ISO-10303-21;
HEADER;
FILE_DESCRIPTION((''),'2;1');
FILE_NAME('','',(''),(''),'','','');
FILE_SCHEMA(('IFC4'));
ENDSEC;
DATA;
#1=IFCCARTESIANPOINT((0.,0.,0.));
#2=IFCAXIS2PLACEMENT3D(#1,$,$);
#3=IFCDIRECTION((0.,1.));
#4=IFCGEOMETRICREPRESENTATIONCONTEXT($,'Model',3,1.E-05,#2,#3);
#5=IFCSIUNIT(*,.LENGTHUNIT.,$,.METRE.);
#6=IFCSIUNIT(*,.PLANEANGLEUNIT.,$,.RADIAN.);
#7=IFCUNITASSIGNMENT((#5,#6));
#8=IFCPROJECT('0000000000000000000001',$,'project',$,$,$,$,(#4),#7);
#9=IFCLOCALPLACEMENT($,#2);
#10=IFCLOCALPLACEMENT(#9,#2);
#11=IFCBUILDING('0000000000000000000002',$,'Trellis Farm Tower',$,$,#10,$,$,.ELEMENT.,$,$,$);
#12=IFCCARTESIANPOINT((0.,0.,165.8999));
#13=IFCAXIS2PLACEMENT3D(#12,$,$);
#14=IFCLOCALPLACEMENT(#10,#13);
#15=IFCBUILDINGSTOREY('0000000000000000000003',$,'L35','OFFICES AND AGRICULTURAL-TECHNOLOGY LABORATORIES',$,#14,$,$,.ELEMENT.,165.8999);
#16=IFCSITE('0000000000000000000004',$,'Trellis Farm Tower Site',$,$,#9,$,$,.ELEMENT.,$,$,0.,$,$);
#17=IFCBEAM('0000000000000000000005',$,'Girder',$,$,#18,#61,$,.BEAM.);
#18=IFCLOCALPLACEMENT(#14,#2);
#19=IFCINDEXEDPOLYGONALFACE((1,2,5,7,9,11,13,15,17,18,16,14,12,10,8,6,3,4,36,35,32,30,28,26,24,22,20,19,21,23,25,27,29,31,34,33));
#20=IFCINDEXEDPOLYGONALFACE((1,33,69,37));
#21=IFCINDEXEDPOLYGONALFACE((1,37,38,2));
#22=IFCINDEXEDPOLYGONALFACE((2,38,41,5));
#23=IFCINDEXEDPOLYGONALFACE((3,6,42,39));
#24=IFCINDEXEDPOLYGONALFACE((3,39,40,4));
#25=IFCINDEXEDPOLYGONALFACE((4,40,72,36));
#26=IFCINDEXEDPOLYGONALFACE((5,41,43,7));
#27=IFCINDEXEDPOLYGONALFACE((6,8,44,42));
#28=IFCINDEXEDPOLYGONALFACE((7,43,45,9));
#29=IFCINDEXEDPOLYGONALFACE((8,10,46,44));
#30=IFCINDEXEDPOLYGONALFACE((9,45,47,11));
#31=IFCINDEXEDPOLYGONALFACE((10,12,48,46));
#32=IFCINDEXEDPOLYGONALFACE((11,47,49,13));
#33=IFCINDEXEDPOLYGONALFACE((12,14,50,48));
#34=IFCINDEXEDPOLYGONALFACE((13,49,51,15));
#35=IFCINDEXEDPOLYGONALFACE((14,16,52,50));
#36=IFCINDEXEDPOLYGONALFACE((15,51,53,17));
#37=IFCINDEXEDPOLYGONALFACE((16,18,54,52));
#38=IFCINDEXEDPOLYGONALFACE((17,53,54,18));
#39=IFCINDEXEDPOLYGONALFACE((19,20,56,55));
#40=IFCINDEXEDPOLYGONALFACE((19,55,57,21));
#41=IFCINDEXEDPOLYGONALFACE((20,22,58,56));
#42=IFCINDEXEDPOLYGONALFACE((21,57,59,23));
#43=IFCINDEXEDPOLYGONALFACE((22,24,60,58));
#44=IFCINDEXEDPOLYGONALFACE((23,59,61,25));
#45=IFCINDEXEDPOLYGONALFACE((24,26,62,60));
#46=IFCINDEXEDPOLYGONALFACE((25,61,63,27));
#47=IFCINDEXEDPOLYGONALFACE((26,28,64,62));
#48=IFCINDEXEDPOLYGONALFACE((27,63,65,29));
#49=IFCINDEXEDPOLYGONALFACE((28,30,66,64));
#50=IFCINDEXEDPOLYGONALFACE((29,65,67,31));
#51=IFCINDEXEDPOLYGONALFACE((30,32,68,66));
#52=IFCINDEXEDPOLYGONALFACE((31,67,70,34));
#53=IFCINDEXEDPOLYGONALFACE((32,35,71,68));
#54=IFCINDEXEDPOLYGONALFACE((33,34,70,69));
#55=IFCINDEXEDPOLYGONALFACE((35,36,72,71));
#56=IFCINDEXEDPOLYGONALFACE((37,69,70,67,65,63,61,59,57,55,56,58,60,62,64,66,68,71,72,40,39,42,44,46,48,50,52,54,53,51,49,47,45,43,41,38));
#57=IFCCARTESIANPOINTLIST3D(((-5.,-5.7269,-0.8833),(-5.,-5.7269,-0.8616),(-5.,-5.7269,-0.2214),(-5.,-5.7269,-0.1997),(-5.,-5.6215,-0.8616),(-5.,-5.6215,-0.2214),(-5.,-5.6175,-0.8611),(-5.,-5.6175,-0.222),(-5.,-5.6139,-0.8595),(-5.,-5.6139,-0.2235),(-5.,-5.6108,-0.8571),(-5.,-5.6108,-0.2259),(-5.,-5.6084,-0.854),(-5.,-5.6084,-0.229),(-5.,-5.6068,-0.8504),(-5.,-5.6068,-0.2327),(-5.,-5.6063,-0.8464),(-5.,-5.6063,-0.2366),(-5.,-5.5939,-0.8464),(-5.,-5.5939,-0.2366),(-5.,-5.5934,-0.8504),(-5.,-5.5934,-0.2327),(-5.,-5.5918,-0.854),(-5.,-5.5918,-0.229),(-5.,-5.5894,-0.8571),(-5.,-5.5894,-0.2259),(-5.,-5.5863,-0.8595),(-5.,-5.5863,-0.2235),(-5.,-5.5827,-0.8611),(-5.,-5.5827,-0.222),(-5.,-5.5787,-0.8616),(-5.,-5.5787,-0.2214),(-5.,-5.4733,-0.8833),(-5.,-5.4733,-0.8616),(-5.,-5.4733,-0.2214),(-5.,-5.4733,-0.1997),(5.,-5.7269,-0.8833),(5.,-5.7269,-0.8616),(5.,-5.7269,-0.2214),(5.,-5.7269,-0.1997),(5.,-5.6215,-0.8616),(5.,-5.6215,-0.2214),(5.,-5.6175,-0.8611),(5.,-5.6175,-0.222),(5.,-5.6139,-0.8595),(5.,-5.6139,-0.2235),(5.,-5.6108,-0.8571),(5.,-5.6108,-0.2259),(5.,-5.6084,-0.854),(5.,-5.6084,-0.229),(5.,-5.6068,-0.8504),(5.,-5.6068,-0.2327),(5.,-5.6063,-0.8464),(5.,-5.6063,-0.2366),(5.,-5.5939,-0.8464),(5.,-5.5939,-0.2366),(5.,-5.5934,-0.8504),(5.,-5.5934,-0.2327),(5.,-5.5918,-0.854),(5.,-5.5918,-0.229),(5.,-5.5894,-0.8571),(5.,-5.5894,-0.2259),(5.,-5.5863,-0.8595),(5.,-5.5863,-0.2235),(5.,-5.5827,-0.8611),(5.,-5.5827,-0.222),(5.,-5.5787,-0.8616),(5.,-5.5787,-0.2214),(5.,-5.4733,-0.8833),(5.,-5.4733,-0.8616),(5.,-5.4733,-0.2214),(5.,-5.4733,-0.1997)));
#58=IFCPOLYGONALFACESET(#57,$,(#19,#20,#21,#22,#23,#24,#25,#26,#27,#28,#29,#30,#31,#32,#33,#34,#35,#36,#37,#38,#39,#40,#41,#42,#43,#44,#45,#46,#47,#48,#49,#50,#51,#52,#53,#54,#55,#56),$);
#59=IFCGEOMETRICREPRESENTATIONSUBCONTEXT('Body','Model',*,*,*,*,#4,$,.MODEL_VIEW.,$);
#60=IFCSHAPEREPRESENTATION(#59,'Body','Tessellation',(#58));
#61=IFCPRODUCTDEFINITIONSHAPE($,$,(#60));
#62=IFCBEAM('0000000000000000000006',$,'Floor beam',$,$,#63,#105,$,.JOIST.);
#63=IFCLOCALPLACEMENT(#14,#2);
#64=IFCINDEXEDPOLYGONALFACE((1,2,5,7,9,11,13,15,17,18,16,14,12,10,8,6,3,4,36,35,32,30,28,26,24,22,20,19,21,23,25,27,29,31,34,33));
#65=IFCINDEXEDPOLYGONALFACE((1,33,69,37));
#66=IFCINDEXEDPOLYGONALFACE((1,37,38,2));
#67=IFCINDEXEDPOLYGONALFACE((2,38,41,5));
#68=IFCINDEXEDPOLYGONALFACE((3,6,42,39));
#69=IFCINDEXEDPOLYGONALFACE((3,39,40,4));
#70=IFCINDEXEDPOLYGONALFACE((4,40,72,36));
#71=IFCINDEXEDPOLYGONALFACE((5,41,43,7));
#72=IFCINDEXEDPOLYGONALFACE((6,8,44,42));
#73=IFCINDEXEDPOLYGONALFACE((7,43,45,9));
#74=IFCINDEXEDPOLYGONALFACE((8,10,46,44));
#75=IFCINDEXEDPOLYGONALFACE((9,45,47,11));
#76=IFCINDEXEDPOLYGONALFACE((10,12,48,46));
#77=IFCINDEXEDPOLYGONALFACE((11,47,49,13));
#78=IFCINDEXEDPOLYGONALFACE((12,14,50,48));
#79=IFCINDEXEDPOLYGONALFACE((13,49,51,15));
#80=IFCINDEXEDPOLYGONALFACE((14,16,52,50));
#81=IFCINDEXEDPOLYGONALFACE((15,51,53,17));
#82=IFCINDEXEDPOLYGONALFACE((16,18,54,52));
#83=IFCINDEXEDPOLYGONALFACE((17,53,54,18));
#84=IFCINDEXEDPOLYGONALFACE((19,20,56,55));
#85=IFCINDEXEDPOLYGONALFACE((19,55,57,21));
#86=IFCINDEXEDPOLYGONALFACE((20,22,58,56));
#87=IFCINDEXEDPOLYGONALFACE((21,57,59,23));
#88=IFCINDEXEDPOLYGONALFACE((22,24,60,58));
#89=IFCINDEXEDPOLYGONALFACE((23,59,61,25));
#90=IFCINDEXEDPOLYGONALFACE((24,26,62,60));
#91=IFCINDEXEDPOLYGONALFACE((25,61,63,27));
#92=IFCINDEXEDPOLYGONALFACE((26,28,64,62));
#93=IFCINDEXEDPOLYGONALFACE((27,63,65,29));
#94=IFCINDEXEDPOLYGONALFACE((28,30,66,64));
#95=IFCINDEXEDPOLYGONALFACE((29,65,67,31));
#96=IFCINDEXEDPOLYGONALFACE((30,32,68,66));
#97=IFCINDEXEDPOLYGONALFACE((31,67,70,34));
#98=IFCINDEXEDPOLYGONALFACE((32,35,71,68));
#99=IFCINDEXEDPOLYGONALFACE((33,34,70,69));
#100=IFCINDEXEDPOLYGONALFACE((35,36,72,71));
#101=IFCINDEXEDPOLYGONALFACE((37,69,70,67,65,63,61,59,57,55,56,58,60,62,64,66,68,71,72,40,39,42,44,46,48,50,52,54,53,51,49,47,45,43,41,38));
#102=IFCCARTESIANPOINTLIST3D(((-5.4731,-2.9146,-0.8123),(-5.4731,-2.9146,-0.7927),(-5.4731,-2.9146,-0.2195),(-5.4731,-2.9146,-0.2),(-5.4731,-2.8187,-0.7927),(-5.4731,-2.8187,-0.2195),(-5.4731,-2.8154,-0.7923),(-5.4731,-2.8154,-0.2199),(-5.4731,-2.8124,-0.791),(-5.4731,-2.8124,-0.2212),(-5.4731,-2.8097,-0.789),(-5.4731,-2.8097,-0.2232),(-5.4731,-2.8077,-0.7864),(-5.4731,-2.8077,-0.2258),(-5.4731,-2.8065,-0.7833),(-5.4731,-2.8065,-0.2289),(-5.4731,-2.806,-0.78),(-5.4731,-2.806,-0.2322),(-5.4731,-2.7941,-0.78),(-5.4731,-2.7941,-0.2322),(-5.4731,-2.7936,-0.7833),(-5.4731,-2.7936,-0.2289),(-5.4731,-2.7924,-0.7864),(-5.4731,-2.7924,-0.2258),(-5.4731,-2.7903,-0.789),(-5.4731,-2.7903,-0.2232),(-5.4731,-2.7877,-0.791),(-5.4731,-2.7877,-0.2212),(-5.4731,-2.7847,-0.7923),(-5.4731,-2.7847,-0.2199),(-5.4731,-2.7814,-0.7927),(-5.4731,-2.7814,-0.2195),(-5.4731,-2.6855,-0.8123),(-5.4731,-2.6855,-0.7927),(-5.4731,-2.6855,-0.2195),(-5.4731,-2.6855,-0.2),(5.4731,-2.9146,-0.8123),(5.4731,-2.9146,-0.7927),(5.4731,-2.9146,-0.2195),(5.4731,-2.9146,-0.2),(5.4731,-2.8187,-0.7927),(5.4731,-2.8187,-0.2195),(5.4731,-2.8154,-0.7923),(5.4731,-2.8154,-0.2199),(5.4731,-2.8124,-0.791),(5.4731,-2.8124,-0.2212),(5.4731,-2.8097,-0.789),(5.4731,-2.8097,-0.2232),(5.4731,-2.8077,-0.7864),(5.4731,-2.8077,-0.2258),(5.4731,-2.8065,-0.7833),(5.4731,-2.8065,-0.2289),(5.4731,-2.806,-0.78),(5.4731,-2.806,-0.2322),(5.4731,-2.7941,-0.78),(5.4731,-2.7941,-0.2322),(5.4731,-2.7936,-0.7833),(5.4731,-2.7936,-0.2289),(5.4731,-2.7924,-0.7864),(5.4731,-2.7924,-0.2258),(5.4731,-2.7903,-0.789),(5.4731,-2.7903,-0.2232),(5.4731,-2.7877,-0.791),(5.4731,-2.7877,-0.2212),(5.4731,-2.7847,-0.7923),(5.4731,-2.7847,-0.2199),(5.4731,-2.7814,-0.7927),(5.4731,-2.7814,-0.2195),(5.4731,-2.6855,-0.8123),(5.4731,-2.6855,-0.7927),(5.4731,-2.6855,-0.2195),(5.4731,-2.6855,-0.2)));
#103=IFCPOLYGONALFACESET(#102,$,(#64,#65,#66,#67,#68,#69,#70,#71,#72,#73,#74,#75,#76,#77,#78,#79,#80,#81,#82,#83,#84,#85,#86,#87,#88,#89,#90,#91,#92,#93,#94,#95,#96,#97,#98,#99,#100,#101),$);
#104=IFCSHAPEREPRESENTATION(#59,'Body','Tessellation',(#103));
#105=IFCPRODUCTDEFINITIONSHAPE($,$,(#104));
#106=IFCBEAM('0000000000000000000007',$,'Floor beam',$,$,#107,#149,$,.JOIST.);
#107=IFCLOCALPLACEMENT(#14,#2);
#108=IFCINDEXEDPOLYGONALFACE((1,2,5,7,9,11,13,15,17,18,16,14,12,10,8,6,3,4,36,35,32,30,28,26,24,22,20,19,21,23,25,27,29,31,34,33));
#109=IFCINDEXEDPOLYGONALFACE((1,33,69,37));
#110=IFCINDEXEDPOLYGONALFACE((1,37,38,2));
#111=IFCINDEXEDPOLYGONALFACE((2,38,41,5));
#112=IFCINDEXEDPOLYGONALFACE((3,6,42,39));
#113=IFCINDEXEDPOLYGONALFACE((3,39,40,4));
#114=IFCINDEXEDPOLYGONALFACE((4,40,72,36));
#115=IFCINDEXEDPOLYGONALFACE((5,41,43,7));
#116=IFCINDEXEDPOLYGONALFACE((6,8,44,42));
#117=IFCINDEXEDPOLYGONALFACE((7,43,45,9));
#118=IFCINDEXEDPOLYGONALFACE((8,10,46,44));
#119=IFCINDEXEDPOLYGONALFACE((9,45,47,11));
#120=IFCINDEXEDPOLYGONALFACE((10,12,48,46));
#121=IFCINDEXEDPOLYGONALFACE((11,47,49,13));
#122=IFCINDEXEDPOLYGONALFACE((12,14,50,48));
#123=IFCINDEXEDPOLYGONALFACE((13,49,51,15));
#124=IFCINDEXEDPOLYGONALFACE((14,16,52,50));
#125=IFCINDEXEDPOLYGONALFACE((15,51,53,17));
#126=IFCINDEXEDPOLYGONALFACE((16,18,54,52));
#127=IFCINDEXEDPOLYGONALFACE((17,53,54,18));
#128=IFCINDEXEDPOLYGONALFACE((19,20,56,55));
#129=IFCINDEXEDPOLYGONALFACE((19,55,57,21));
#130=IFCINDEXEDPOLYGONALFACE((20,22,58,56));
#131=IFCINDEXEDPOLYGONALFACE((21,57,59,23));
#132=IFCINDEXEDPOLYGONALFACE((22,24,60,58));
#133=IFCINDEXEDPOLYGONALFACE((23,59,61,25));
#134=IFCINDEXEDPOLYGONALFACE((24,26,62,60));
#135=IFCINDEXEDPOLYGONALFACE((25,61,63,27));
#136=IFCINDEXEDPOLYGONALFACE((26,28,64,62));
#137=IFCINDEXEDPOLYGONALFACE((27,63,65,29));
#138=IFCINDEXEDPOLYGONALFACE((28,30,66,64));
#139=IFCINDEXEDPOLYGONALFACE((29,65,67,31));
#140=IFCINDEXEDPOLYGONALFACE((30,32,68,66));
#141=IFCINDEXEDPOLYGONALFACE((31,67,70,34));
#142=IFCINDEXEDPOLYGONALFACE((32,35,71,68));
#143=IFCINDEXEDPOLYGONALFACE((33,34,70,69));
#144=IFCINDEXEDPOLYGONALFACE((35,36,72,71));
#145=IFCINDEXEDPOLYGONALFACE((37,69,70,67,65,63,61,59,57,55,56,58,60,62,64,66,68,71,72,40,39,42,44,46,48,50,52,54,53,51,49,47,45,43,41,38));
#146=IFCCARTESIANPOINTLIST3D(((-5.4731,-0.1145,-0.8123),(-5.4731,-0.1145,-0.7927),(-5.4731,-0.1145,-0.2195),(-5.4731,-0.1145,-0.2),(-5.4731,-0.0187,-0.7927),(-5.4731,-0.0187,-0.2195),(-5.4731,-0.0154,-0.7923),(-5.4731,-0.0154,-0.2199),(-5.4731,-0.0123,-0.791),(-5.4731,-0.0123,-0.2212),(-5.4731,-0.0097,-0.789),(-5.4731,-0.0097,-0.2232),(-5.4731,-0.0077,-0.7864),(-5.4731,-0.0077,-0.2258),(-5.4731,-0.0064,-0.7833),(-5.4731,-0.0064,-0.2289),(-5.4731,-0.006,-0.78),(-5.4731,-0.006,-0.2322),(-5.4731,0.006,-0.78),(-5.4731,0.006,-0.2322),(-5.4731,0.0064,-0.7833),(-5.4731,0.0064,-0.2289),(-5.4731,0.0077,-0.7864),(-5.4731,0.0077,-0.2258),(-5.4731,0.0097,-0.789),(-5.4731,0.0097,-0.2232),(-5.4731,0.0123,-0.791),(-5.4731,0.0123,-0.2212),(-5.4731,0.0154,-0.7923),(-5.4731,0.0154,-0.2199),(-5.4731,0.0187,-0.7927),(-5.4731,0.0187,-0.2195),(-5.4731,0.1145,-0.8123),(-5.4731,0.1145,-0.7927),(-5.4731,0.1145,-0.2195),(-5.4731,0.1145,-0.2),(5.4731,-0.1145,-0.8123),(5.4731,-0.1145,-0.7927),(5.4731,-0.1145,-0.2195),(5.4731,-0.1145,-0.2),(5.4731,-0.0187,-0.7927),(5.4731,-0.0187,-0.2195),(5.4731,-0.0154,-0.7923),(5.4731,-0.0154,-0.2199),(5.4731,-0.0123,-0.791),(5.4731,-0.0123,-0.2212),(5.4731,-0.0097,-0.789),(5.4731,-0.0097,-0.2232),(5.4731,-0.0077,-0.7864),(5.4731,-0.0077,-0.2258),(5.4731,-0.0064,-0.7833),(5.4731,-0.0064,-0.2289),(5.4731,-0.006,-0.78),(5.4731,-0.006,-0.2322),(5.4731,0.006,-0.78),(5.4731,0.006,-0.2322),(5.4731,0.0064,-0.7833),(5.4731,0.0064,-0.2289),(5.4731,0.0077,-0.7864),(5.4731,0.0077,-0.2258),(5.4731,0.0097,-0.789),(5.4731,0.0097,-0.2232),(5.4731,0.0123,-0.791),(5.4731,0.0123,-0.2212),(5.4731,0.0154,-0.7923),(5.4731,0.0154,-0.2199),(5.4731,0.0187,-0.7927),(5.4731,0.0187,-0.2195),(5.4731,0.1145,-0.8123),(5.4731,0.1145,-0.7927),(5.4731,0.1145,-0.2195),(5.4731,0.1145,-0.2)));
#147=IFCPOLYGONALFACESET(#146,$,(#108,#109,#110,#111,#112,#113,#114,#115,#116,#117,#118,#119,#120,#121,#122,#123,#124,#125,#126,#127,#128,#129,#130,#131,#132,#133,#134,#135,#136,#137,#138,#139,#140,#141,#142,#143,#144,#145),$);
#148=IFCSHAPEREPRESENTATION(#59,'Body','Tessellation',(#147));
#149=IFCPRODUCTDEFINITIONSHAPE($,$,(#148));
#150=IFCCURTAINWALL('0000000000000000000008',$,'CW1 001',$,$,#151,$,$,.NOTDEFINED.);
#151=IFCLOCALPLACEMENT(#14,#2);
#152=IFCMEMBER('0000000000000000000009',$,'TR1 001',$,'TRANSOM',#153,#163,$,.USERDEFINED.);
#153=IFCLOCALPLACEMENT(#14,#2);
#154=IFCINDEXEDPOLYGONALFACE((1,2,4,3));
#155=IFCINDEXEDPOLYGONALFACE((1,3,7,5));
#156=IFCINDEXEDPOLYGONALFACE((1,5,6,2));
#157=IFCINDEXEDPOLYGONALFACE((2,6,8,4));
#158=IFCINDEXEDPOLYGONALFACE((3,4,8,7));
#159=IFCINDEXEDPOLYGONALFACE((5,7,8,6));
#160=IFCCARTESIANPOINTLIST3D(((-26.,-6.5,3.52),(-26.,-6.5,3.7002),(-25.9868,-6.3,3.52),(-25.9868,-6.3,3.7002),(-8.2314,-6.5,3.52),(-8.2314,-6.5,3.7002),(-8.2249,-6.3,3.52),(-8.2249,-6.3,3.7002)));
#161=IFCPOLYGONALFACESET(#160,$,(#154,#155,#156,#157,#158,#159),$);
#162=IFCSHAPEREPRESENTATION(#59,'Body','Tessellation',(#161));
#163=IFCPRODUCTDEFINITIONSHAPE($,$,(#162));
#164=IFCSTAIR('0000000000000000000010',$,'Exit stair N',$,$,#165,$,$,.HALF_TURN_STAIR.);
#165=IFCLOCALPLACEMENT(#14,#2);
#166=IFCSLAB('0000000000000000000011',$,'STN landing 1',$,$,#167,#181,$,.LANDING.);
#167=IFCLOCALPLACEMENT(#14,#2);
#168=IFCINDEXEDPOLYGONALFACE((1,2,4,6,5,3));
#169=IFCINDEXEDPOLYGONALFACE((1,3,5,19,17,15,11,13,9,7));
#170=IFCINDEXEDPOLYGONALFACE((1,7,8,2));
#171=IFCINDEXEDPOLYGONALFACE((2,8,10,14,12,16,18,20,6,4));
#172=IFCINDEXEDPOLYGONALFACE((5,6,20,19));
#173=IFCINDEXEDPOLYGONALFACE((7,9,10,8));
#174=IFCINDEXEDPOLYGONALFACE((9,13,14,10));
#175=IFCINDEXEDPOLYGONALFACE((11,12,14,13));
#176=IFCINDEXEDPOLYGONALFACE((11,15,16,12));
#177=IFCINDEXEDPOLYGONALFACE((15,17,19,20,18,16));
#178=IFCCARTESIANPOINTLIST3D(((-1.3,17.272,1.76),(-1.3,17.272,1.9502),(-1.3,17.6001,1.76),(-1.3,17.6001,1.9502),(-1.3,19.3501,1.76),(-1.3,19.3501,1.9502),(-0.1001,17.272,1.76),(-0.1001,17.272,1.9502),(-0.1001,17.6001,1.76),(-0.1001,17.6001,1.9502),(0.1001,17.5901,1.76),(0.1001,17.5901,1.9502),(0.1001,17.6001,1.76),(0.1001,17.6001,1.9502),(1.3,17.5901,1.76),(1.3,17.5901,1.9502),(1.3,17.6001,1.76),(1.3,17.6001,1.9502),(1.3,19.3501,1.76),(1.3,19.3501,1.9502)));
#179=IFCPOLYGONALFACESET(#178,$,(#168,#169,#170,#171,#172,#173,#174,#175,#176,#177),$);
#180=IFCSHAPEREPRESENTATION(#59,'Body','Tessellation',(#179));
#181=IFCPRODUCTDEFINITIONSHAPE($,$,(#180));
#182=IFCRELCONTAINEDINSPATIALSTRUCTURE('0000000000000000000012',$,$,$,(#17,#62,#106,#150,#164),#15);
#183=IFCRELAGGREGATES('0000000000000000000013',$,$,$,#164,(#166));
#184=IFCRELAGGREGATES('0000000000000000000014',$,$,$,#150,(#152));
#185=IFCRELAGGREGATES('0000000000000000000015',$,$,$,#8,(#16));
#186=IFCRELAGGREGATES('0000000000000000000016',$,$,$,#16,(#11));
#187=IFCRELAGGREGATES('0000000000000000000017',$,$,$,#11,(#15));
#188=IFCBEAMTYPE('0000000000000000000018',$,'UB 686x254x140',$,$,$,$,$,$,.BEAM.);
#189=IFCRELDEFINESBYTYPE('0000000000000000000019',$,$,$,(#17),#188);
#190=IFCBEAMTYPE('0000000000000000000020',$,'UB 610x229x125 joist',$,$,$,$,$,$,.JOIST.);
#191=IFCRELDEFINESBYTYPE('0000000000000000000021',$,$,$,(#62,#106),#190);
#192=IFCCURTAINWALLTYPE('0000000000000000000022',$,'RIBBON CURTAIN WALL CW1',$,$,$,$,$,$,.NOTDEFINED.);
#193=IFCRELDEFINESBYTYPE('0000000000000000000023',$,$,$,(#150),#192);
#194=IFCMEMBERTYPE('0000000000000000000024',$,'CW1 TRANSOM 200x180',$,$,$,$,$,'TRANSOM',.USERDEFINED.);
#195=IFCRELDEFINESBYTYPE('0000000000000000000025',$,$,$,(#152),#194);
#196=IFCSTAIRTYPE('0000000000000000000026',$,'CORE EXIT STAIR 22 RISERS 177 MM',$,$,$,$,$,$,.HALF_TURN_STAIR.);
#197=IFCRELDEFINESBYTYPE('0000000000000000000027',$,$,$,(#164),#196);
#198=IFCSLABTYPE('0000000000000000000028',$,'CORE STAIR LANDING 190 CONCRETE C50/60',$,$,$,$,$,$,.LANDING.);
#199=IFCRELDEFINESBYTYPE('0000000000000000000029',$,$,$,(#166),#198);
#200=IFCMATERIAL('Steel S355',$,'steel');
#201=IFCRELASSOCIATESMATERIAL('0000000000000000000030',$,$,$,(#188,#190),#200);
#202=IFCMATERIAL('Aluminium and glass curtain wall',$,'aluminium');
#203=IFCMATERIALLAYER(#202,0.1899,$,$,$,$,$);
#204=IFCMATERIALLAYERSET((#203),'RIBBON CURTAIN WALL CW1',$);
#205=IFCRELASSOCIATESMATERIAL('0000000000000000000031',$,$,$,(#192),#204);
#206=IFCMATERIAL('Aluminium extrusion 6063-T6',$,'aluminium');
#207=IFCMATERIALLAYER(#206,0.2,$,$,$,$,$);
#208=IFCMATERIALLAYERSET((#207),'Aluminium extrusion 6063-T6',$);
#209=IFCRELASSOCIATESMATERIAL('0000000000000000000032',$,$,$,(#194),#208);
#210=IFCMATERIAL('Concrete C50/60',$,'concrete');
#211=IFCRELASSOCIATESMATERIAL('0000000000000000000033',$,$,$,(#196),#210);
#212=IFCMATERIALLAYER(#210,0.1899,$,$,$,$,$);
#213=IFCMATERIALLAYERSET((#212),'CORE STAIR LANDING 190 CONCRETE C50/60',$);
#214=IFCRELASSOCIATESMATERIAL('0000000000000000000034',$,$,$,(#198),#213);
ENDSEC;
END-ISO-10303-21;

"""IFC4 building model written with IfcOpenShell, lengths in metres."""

from ifc_helpers import new_model, si_unit, direction, frame, origin, origin_2d, place, context, subcontext, project, spatial, polyline, i_section, outline, extrude, source, transform, mapped, material, layer, layer_set, material_profile, profile_set, type_object, element, aggregate, save


model = new_model("IFC4")

# Units and contexts
model_context = context("Model", 3, precision=1e-05, world=origin(), true_north=direction((0.0, 1.0)))
body_context = subcontext(model_context, "Body", "Model", "MODEL_VIEW")
ifc_project = project(units=[si_unit("LENGTHUNIT", "METRE"), si_unit("PLANEANGLEUNIT", "RADIAN")], contexts=[model_context])

# Site, building, storey
site_placement = place(None, origin())
site = spatial("IfcSite", under=ifc_project, at=site_placement, Name="Trellis Farm Tower Site", CompositionType="ELEMENT", RefElevation=0.0)
building_placement = place(site_placement, origin())
building = spatial("IfcBuilding", under=site, at=building_placement, Name="Trellis Farm Tower", CompositionType="ELEMENT")
storey_placement = place(building_placement, frame((0.0, 0.0, 165.8999)))
storey = spatial("IfcBuildingStorey", under=building, at=storey_placement, Name="L35", Description="OFFICES AND AGRICULTURAL-TECHNOLOGY LABORATORIES", CompositionType="ELEMENT", Elevation=165.8999)

# Beams
ifc_material_1 = material(Name="Steel S355", Category="steel")
ifc_material_profile_1 = material_profile(ifc_material_1, i_section(OverallWidth=0.2537, OverallDepth=0.6836, WebThickness=0.0125, FlangeThickness=0.0217, FilletRadius=0.0151, at=origin_2d()), Name="UB 686x254x140")
ifc_profile_set_1 = profile_set([ifc_material_profile_1], Name="Steel S355")
beam_type_1 = type_object("IfcBeamType", Name="UB 686x254x140", PredefinedType="BEAM", material=ifc_profile_set_1)
shared_shape_1 = source(origin(), body_context, "Body", "SweptSolid", [
    extrude(i_section(OverallWidth=0.2537, OverallDepth=0.6836, WebThickness=0.0125, FlangeThickness=0.0217, FilletRadius=0.0151, at=origin_2d()), origin(), (0.0, 0.0, 1.0), 10.0),
])
beam_placement = place(storey_placement, frame((-5.0, -5.6001, -0.5415), z_axis=(1.0, 0.0, 0.0), x_axis=(0.0, 1.0, 0.0)))
element("IfcBeam", 1, at=beam_placement, inside=storey, type_object=beam_type_1, Name="Girder", PredefinedType="BEAM", context=body_context, shape_type="MappedRepresentation", body=[
    mapped(shared_shape_1, transform((0.0, 0.0, 0.0))),
])
ifc_material_profile_2 = material_profile(ifc_material_1, i_section(OverallWidth=0.229, OverallDepth=0.6123, WebThickness=0.012, FlangeThickness=0.0195, FilletRadius=0.0127, at=origin_2d()), Name="UB 610x229x125")
ifc_profile_set_2 = profile_set([ifc_material_profile_2], Name="Steel S355")
beam_type_2 = type_object("IfcBeamType", Name="UB 610x229x125 joist", PredefinedType="JOIST", material=ifc_profile_set_2)
shared_shape_2 = source(origin(), body_context, "Body", "SweptSolid", [
    extrude(i_section(OverallWidth=0.229, OverallDepth=0.6123, WebThickness=0.012, FlangeThickness=0.0195, FilletRadius=0.0127, at=origin_2d()), origin(), (0.0, 0.0, 1.0), 10.9463),
])
for number, where, z_axis, x_axis, name in (
    (2, (-5.4731, -2.8, -0.5061), (1.0, 0.0, 0.0), (0.0, 1.0, 0.0), "Floor beam"),
    (3, (-5.4731, 0.0, -0.5061), (1.0, 0.0, 0.0), (0.0, 1.0, 0.0), "Floor beam"),
):
    element("IfcBeam", number, at=place(storey_placement, frame(where, z_axis=z_axis, x_axis=x_axis)), inside=storey, type_object=beam_type_2, Name=name, PredefinedType="JOIST", context=body_context, shape_type="MappedRepresentation", body=[
        mapped(shared_shape_2, transform((0.0, 0.0, 0.0))),
    ])

# Curtain wall, member
ifc_material_2 = material(Name="Aluminium and glass curtain wall", Category="aluminium")
ifc_layer_1 = layer(ifc_material_2, 0.1899)
ifc_layer_set_1 = layer_set([ifc_layer_1], Name="RIBBON CURTAIN WALL CW1")
curtain_wall_type = type_object("IfcCurtainWallType", Name="RIBBON CURTAIN WALL CW1", PredefinedType="NOTDEFINED", material=ifc_layer_set_1)
placement_1 = place(storey_placement, origin())
curtain_wall = element("IfcCurtainWall", 4, at=placement_1, inside=storey, type_object=curtain_wall_type, Name="CW1 001", PredefinedType="NOTDEFINED")
ifc_material_3 = material(Name="Aluminium extrusion 6063-T6", Category="aluminium")
ifc_layer_2 = layer(ifc_material_3, 0.2)
ifc_layer_set_2 = layer_set([ifc_layer_2], Name="Aluminium extrusion 6063-T6")
member_type = type_object("IfcMemberType", Name="CW1 TRANSOM 200x180", ElementType="TRANSOM", PredefinedType="USERDEFINED", material=ifc_layer_set_2)
shared_shape_3 = source(origin(), body_context, "Body", "SweptSolid", [
    extrude(outline(polyline([(-26.0, -6.5), (-8.2314, -6.5), (-8.2249, -6.3), (-25.9868, -6.3), (-26.0, -6.5)])), origin(), (0.0, 0.0, 1.0), 0.1802),
])
member_placement = place(storey_placement, frame((0.0, 0.0, 3.52)))
member = element("IfcMember", 5, at=member_placement, type_object=member_type, Name="TR1 001", ObjectType="TRANSOM", PredefinedType="USERDEFINED", context=body_context, shape_type="MappedRepresentation", body=[
    mapped(shared_shape_3, transform((0.0, 0.0, 0.0))),
])

# Stair, slab
ifc_material_4 = material(Name="Concrete C50/60", Category="concrete")
stair_type = type_object("IfcStairType", Name="CORE EXIT STAIR 22 RISERS 177 MM", PredefinedType="HALF_TURN_STAIR", material=ifc_material_4)
stair_1 = element("IfcStair", 6, at=placement_1, inside=storey, type_object=stair_type, Name="Exit stair N", PredefinedType="HALF_TURN_STAIR")
ifc_layer_3 = layer(ifc_material_4, 0.1899)
ifc_layer_set_3 = layer_set([ifc_layer_3], Name="CORE STAIR LANDING 190 CONCRETE C50/60")
slab_type_1 = type_object("IfcSlabType", Name="CORE STAIR LANDING 190 CONCRETE C50/60", PredefinedType="LANDING", material=ifc_layer_set_3)
shared_shape_4 = source(origin(), body_context, "Body", "SweptSolid", [
    extrude(outline(polyline([(-0.1001, 17.272), (-1.3, 17.272), (-1.3, 17.6001), (-1.3, 19.3501), (1.3, 19.3501), (1.3, 17.6001), (1.3, 17.5901), (0.1001, 17.5901), (0.1001, 17.6001), (-0.1001, 17.6001), (-0.1001, 17.272)])), origin(), (0.0, 0.0, 1.0), 0.1902),
])
placement_2 = place(storey_placement, frame((0.0, 0.0, 1.76)))
slab_1 = element("IfcSlab", 7, at=placement_2, type_object=slab_type_1, Name="STN landing 1", PredefinedType="LANDING", context=body_context, shape_type="MappedRepresentation", body=[
    mapped(shared_shape_4, transform((0.0, 0.0, 0.0))),
])
aggregate(stair_1, [slab_1])

aggregate(curtain_wall, [member])

save(model, "model.ifc")
